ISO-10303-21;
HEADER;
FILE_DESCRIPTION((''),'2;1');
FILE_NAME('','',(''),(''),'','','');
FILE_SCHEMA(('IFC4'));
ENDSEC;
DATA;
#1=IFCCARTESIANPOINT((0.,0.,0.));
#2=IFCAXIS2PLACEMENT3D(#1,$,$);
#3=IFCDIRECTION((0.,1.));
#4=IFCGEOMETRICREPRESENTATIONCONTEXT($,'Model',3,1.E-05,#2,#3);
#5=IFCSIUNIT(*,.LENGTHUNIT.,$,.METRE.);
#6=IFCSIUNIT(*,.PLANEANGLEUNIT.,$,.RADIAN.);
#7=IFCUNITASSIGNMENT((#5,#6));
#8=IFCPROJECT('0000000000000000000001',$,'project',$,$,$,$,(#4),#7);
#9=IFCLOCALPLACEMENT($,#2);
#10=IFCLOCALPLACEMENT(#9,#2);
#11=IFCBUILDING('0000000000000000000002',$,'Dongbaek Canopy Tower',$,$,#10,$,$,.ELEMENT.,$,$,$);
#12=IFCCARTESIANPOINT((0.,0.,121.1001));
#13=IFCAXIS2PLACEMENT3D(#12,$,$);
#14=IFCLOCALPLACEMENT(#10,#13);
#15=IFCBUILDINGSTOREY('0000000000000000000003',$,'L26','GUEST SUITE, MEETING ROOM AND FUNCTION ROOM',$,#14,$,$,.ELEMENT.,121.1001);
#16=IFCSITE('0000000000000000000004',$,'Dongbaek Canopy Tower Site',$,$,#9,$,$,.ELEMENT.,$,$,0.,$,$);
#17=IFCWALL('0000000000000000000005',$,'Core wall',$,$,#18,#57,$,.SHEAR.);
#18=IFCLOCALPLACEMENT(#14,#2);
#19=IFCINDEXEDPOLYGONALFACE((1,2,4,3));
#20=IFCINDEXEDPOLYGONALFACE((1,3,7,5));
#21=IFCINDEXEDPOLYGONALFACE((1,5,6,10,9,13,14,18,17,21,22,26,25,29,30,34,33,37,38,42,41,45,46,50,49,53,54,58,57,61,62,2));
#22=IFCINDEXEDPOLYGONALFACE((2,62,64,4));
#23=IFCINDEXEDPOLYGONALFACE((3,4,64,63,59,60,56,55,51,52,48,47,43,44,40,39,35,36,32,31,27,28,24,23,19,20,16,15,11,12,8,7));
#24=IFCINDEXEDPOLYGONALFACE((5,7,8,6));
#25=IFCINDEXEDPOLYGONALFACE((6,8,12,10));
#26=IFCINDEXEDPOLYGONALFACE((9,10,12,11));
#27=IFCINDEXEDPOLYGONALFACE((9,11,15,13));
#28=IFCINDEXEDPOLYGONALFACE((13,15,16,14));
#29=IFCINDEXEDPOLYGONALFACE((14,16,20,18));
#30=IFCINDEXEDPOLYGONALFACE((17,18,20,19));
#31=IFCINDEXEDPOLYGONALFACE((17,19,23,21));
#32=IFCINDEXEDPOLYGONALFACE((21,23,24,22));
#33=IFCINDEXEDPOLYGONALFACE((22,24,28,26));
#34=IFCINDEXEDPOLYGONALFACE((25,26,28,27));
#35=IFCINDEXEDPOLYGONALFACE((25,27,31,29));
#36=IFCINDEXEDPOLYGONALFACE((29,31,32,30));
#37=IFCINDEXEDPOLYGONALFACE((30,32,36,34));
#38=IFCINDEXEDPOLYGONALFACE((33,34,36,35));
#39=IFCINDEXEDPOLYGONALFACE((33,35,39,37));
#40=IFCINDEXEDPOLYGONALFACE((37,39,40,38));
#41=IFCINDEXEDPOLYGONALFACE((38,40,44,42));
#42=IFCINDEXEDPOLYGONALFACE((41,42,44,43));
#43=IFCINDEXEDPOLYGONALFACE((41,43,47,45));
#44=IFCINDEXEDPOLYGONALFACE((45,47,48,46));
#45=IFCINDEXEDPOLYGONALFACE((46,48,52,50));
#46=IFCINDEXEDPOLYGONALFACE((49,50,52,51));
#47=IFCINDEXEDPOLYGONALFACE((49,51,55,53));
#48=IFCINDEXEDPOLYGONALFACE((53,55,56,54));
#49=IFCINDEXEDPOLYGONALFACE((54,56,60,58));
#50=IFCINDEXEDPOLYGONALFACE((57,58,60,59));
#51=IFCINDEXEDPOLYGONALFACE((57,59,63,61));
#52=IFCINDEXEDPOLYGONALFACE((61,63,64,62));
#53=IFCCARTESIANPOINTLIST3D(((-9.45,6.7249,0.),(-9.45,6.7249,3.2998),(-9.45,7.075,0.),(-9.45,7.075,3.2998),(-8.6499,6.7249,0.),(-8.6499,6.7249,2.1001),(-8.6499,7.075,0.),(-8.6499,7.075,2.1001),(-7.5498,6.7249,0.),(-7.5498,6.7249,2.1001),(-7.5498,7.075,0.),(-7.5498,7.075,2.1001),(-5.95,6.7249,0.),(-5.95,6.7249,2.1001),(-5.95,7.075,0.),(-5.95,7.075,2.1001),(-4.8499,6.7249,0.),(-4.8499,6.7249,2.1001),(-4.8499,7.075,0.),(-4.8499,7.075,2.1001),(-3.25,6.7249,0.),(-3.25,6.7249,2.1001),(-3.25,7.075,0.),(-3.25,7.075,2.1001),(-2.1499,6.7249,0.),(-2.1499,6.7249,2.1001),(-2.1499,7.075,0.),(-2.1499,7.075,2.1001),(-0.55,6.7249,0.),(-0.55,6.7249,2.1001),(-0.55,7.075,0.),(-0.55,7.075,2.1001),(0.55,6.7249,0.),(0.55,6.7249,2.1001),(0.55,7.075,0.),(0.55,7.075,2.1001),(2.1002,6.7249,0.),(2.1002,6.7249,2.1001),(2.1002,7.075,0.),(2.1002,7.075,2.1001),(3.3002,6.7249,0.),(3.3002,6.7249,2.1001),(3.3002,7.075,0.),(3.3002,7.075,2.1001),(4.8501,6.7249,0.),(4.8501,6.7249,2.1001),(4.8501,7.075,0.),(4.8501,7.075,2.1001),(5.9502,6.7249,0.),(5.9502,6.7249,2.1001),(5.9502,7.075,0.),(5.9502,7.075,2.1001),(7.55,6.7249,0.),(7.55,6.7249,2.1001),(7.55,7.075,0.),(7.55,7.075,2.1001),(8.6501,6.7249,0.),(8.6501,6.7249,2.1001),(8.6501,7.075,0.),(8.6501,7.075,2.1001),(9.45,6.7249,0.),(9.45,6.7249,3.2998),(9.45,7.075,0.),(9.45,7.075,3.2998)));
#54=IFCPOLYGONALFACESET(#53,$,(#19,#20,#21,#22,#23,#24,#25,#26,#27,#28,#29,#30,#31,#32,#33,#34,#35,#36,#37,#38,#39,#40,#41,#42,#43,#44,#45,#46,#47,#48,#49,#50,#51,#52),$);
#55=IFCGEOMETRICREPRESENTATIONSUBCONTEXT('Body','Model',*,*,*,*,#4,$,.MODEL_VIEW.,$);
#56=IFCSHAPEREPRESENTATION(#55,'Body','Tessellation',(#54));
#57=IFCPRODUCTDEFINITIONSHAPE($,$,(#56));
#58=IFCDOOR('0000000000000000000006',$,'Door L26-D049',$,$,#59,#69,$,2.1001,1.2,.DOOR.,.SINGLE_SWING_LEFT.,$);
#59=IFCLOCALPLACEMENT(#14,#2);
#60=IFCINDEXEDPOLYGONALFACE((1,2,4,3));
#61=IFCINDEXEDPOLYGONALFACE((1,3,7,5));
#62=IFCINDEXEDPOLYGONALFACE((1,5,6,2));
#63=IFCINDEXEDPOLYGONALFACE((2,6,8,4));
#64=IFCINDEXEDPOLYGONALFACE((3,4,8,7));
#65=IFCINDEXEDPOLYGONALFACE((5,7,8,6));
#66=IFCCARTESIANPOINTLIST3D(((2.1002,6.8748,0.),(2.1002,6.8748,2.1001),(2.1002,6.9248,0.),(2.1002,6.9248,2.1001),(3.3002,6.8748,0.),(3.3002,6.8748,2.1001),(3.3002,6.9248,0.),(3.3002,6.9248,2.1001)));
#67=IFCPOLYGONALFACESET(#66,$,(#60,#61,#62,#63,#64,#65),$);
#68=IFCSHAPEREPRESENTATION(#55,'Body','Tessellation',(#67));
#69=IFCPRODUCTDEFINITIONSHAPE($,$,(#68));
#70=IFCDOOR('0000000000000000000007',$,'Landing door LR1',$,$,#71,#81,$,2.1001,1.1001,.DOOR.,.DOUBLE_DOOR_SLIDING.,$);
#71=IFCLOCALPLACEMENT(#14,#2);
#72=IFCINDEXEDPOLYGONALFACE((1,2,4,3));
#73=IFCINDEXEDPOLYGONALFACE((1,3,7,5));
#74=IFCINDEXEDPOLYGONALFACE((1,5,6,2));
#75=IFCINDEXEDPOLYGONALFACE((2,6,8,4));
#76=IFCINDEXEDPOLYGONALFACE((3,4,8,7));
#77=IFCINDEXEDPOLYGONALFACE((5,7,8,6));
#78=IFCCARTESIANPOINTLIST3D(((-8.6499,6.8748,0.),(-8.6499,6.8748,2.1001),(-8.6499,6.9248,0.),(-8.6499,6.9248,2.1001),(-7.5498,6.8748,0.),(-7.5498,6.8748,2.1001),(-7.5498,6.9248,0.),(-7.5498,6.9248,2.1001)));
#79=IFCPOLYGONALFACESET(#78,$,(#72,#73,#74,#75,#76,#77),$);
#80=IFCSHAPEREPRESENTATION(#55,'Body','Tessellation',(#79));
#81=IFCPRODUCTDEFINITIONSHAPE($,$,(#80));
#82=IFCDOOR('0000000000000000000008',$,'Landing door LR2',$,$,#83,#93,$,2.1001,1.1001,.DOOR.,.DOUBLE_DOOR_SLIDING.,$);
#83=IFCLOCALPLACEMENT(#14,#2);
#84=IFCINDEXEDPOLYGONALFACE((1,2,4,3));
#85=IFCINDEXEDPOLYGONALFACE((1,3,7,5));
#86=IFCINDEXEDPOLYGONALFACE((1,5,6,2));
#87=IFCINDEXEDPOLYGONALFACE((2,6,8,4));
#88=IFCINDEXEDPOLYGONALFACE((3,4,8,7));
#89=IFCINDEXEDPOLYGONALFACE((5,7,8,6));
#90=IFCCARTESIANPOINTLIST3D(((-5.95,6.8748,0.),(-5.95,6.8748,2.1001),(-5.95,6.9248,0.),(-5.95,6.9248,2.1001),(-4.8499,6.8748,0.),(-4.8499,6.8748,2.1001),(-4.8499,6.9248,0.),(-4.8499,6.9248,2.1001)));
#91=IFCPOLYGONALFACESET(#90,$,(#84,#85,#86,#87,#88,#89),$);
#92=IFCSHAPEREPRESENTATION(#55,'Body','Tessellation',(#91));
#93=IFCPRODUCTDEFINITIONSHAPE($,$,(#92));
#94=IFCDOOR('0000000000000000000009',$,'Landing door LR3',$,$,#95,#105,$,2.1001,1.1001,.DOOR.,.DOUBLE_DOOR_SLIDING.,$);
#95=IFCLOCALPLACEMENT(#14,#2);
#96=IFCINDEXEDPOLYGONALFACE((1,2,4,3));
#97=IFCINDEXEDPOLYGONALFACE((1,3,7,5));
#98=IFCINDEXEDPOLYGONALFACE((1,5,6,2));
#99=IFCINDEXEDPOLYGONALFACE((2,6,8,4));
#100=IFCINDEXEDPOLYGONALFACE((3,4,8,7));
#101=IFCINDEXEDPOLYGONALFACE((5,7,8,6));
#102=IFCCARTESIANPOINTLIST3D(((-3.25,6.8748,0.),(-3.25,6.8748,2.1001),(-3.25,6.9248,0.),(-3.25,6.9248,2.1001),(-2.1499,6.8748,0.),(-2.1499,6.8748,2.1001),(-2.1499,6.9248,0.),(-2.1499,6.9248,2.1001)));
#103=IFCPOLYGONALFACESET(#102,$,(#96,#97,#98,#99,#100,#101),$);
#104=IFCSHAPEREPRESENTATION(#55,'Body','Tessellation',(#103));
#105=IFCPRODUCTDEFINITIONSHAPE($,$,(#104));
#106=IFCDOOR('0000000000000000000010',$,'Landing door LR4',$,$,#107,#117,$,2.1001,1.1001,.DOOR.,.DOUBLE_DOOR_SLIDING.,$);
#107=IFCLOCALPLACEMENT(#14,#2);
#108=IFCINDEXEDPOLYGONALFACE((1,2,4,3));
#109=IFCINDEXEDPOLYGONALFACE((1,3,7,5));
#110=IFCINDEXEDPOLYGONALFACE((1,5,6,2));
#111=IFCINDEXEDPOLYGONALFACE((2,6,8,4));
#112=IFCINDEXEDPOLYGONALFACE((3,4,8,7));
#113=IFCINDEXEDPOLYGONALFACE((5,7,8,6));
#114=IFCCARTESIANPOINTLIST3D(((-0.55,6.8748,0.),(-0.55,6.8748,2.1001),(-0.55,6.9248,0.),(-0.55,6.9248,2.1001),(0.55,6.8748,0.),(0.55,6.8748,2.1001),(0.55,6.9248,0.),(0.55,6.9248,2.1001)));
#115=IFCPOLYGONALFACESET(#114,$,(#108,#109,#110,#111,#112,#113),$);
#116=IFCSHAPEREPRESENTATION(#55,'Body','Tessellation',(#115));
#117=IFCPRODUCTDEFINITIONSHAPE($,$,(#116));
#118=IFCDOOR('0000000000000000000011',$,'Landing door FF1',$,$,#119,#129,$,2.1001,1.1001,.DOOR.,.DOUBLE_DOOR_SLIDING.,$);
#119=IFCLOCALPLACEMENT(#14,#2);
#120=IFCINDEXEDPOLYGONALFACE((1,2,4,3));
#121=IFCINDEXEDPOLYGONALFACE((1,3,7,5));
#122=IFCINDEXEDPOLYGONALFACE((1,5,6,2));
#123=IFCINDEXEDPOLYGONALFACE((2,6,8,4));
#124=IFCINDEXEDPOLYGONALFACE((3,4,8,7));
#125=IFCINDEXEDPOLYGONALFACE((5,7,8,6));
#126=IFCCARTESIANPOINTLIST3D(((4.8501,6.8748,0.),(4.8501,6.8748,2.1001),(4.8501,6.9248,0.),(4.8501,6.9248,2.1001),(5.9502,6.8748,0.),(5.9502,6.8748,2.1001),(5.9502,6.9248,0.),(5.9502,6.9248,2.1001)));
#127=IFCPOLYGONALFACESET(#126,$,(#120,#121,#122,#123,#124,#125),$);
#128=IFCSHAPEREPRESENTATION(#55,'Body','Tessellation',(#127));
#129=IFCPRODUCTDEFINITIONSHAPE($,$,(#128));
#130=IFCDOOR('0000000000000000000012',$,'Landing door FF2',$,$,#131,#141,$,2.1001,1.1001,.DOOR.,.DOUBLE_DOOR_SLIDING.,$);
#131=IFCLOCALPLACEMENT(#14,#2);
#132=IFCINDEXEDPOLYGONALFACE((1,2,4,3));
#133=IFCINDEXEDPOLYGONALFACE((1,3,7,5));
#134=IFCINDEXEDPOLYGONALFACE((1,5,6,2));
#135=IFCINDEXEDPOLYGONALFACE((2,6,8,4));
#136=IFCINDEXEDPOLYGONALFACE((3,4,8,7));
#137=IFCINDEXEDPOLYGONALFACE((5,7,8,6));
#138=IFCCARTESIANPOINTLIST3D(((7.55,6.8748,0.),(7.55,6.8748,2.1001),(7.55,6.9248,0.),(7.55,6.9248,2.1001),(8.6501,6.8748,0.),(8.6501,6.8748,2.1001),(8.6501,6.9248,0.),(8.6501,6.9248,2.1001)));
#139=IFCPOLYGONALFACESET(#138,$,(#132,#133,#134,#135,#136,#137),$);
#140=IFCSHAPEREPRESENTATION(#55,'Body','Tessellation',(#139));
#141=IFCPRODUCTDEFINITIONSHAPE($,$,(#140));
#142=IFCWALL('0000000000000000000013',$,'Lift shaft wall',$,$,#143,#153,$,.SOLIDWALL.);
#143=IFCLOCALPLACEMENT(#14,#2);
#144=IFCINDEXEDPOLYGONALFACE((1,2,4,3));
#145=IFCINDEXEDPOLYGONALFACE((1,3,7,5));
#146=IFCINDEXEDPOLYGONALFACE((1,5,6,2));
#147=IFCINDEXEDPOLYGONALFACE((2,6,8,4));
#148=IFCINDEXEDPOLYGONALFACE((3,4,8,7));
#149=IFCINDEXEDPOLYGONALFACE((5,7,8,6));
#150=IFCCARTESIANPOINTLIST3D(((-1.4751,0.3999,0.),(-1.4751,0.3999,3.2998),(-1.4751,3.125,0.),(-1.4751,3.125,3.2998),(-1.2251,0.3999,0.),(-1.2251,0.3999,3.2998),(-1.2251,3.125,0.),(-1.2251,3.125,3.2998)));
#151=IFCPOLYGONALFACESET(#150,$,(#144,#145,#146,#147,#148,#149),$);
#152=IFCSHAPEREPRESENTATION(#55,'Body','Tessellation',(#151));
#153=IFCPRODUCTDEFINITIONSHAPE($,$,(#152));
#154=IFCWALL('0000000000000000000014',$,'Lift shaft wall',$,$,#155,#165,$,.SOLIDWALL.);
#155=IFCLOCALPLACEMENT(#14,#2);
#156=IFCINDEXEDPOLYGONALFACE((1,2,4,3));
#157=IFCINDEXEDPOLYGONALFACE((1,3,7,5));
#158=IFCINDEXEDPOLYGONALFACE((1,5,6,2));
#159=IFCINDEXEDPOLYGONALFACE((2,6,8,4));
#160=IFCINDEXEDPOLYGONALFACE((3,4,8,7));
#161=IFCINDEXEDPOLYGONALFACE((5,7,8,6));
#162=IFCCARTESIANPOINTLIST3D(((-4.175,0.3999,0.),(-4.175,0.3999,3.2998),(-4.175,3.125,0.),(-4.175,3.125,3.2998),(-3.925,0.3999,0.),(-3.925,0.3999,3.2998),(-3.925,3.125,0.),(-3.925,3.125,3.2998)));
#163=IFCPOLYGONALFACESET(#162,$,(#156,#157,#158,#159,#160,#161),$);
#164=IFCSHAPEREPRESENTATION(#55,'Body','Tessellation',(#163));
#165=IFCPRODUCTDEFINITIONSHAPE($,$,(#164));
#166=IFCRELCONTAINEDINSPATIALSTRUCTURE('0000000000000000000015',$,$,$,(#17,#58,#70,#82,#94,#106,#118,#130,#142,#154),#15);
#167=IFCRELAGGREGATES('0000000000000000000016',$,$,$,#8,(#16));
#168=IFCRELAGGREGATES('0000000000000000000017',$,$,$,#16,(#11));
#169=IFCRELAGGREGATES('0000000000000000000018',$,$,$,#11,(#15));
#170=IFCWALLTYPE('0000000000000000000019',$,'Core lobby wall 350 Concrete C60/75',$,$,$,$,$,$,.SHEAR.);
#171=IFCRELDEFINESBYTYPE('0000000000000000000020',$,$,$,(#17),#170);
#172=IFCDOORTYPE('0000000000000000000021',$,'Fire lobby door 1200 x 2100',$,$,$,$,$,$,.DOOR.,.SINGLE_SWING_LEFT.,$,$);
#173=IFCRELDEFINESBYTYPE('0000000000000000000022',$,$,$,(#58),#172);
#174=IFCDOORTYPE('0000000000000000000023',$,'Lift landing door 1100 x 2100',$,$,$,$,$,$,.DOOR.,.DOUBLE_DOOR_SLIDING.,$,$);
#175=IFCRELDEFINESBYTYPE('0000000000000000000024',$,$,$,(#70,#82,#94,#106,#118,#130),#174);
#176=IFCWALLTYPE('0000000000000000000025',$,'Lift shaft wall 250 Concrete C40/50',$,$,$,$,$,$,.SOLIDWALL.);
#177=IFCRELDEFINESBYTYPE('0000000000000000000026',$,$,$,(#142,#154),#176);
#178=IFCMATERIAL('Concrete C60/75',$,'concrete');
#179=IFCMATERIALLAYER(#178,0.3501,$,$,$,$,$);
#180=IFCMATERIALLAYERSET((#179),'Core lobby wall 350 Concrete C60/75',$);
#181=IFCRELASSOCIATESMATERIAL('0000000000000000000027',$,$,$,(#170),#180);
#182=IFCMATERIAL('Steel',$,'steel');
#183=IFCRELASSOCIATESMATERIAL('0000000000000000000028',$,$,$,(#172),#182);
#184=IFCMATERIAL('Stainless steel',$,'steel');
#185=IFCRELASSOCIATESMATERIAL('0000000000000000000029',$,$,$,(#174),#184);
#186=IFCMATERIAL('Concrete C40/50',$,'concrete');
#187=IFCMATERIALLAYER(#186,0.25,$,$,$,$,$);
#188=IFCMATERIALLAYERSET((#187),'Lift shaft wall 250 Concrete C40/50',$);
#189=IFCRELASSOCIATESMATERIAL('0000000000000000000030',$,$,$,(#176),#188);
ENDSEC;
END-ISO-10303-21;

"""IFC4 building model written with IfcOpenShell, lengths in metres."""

from ifc_helpers import new_model, si_unit, direction, frame, frame_2d, origin, place, context, subcontext, project, spatial, rectangle, extrude, material, layer, layer_set, type_object, element, fill, save


model = new_model("IFC4")

# Units and contexts
model_context = context("Model", 3, precision=1e-05, world=origin(), true_north=direction((0.0, 1.0)))
body_context = subcontext(model_context, "Body", "Model", "MODEL_VIEW")
ifc_project = project(units=[si_unit("LENGTHUNIT", "METRE"), si_unit("PLANEANGLEUNIT", "RADIAN")], contexts=[model_context])

# Site, building, storey
site_placement = place(None, origin())
site = spatial("IfcSite", under=ifc_project, at=site_placement, Name="Dongbaek Canopy Tower Site", CompositionType="ELEMENT", RefElevation=0.0)
building_placement = place(site_placement, origin())
building = spatial("IfcBuilding", under=site, at=building_placement, Name="Dongbaek Canopy Tower", CompositionType="ELEMENT")
storey_placement = place(building_placement, frame((0.0, 0.0, 121.1001)))
storey = spatial("IfcBuildingStorey", under=building, at=storey_placement, Name="L26", Description="GUEST SUITE, MEETING ROOM AND FUNCTION ROOM", CompositionType="ELEMENT", Elevation=121.1001)

# Wall, openings, doors
ifc_material_1 = material(Name="Concrete C60/75", Category="concrete")
ifc_layer_1 = layer(ifc_material_1, 0.3501)
ifc_layer_set_1 = layer_set([ifc_layer_1], Name="Core lobby wall 350 Concrete C60/75")
wall_type_1 = type_object("IfcWallType", Name="Core lobby wall 350 Concrete C60/75", PredefinedType="SHEAR", material=ifc_layer_set_1)
wall_1_placement = place(storey_placement, frame((-9.45, 6.8999, 0.0), z_axis=(0.0, 0.0, 1.0), x_axis=(1.0, 0.0, 0.0)))
wall_1 = element("IfcWall", 1, at=wall_1_placement, inside=storey, type_object=wall_type_1, Name="Core wall", PredefinedType="SHEAR", context=body_context, shape_type="SweptSolid", body=[
    extrude(rectangle(XDim=18.8999, YDim=0.3501, at=frame_2d((9.45, 0.0))), origin(), (0.0, 0.0, 1.0), 3.2998),
])
opening_1_placement = place(wall_1_placement, frame((0.8, 0.0, 0.0)))
opening_1 = element("IfcOpeningElement", 2, at=opening_1_placement, cuts=wall_1, PredefinedType="OPENING", context=body_context, shape_type="SweptSolid", body=[
    extrude(rectangle(XDim=1.1001, YDim=2.1001, at=frame_2d((0.55, 1.05))), frame((0.0, 0.1851, 0.0), z_axis=(0.0, -1.0, 0.0), x_axis=(1.0, 0.0, 0.0)), (0.0, 0.0, 1.0), 0.3701),
])
opening_2_placement = place(wall_1_placement, frame((3.5, 0.0, 0.0)))
opening_2 = element("IfcOpeningElement", 3, at=opening_2_placement, cuts=wall_1, PredefinedType="OPENING", context=body_context, shape_type="SweptSolid", body=[
    extrude(rectangle(XDim=1.1001, YDim=2.1001, at=frame_2d((0.55, 1.05))), frame((0.0, 0.1851, 0.0), z_axis=(0.0, -1.0, 0.0), x_axis=(1.0, 0.0, 0.0)), (0.0, 0.0, 1.0), 0.3701),
])
opening_3_placement = place(wall_1_placement, frame((6.2, 0.0, 0.0)))
opening_3 = element("IfcOpeningElement", 4, at=opening_3_placement, cuts=wall_1, PredefinedType="OPENING", context=body_context, shape_type="SweptSolid", body=[
    extrude(rectangle(XDim=1.1001, YDim=2.1001, at=frame_2d((0.55, 1.05))), frame((0.0, 0.1851, 0.0), z_axis=(0.0, -1.0, 0.0), x_axis=(1.0, 0.0, 0.0)), (0.0, 0.0, 1.0), 0.3701),
])
opening_4_placement = place(wall_1_placement, frame((8.8999, 0.0, 0.0)))
opening_4 = element("IfcOpeningElement", 5, at=opening_4_placement, cuts=wall_1, PredefinedType="OPENING", context=body_context, shape_type="SweptSolid", body=[
    extrude(rectangle(XDim=1.1001, YDim=2.1001, at=frame_2d((0.55, 1.05))), frame((0.0, 0.1851, 0.0), z_axis=(0.0, -1.0, 0.0), x_axis=(1.0, 0.0, 0.0)), (0.0, 0.0, 1.0), 0.3701),
])
opening_5_placement = place(wall_1_placement, frame((11.55, 0.0, 0.0)))
opening_5 = element("IfcOpeningElement", 6, at=opening_5_placement, cuts=wall_1, PredefinedType="OPENING", context=body_context, shape_type="SweptSolid", body=[
    extrude(rectangle(XDim=1.2, YDim=2.1001, at=frame_2d((0.6001, 1.05))), frame((0.0, 0.1851, 0.0), z_axis=(0.0, -1.0, 0.0), x_axis=(1.0, 0.0, 0.0)), (0.0, 0.0, 1.0), 0.3701),
])
opening_6_placement = place(wall_1_placement, frame((14.3, 0.0, 0.0)))
opening_6 = element("IfcOpeningElement", 7, at=opening_6_placement, cuts=wall_1, PredefinedType="OPENING", context=body_context, shape_type="SweptSolid", body=[
    extrude(rectangle(XDim=1.1001, YDim=2.1001, at=frame_2d((0.55, 1.05))), frame((0.0, 0.1851, 0.0), z_axis=(0.0, -1.0, 0.0), x_axis=(1.0, 0.0, 0.0)), (0.0, 0.0, 1.0), 0.3701),
])
opening_7_placement = place(wall_1_placement, frame((17.0, 0.0, 0.0)))
opening_7 = element("IfcOpeningElement", 8, at=opening_7_placement, cuts=wall_1, PredefinedType="OPENING", context=body_context, shape_type="SweptSolid", body=[
    extrude(rectangle(XDim=1.1001, YDim=2.1001, at=frame_2d((0.55, 1.05))), frame((0.0, 0.1851, 0.0), z_axis=(0.0, -1.0, 0.0), x_axis=(1.0, 0.0, 0.0)), (0.0, 0.0, 1.0), 0.3701),
])
ifc_material_2 = material(Name="Steel", Category="steel")
door_type_1 = type_object("IfcDoorType", Name="Fire lobby door 1200 x 2100", OperationType="SINGLE_SWING_LEFT", PredefinedType="DOOR", material=ifc_material_2)
door_1_placement = place(opening_5_placement, origin())
door_1 = element("IfcDoor", 9, at=door_1_placement, inside=storey, type_object=door_type_1, Name="Door L26-D049", OperationType="SINGLE_SWING_LEFT", OverallHeight=2.1001, OverallWidth=1.2, PredefinedType="DOOR", context=body_context, shape_type="SweptSolid", body=[
    extrude(rectangle(XDim=1.2, YDim=2.1001, at=frame_2d((0.6001, 1.05))), frame((0.0, 0.0249, 0.0), z_axis=(0.0, -1.0, 0.0), x_axis=(1.0, 0.0, 0.0)), (0.0, 0.0, 1.0), 0.05),
])
fill(opening_5, door_1)
ifc_material_3 = material(Name="Stainless steel", Category="steel")
door_type_2 = type_object("IfcDoorType", Name="Lift landing door 1100 x 2100", OperationType="DOUBLE_DOOR_SLIDING", PredefinedType="DOOR", material=ifc_material_3)
door_2_placement = place(opening_1_placement, origin())
door_2 = element("IfcDoor", 10, at=door_2_placement, inside=storey, type_object=door_type_2, Name="Landing door LR1", OperationType="DOUBLE_DOOR_SLIDING", OverallHeight=2.1001, OverallWidth=1.1001, PredefinedType="DOOR", context=body_context, shape_type="SweptSolid", body=[
    extrude(rectangle(XDim=1.1001, YDim=2.1001, at=frame_2d((0.55, 1.05))), frame((0.0, 0.0249, 0.0), z_axis=(0.0, -1.0, 0.0), x_axis=(1.0, 0.0, 0.0)), (0.0, 0.0, 1.0), 0.05),
])
fill(opening_1, door_2)
door_3_placement = place(opening_2_placement, origin())
door_3 = element("IfcDoor", 11, at=door_3_placement, inside=storey, type_object=door_type_2, Name="Landing door LR2", OperationType="DOUBLE_DOOR_SLIDING", OverallHeight=2.1001, OverallWidth=1.1001, PredefinedType="DOOR", context=body_context, shape_type="SweptSolid", body=[
    extrude(rectangle(XDim=1.1001, YDim=2.1001, at=frame_2d((0.55, 1.05))), frame((0.0, 0.0249, 0.0), z_axis=(0.0, -1.0, 0.0), x_axis=(1.0, 0.0, 0.0)), (0.0, 0.0, 1.0), 0.05),
])
fill(opening_2, door_3)
door_4_placement = place(opening_3_placement, origin())
door_4 = element("IfcDoor", 12, at=door_4_placement, inside=storey, type_object=door_type_2, Name="Landing door LR3", OperationType="DOUBLE_DOOR_SLIDING", OverallHeight=2.1001, OverallWidth=1.1001, PredefinedType="DOOR", context=body_context, shape_type="SweptSolid", body=[
    extrude(rectangle(XDim=1.1001, YDim=2.1001, at=frame_2d((0.55, 1.05))), frame((0.0, 0.0249, 0.0), z_axis=(0.0, -1.0, 0.0), x_axis=(1.0, 0.0, 0.0)), (0.0, 0.0, 1.0), 0.05),
])
fill(opening_3, door_4)
door_5_placement = place(opening_4_placement, origin())
door_5 = element("IfcDoor", 13, at=door_5_placement, inside=storey, type_object=door_type_2, Name="Landing door LR4", OperationType="DOUBLE_DOOR_SLIDING", OverallHeight=2.1001, OverallWidth=1.1001, PredefinedType="DOOR", context=body_context, shape_type="SweptSolid", body=[
    extrude(rectangle(XDim=1.1001, YDim=2.1001, at=frame_2d((0.55, 1.05))), frame((0.0, 0.0249, 0.0), z_axis=(0.0, -1.0, 0.0), x_axis=(1.0, 0.0, 0.0)), (0.0, 0.0, 1.0), 0.05),
])
fill(opening_4, door_5)
door_6_placement = place(opening_6_placement, origin())
door_6 = element("IfcDoor", 14, at=door_6_placement, inside=storey, type_object=door_type_2, Name="Landing door FF1", OperationType="DOUBLE_DOOR_SLIDING", OverallHeight=2.1001, OverallWidth=1.1001, PredefinedType="DOOR", context=body_context, shape_type="SweptSolid", body=[
    extrude(rectangle(XDim=1.1001, YDim=2.1001, at=frame_2d((0.55, 1.05))), frame((0.0, 0.0249, 0.0), z_axis=(0.0, -1.0, 0.0), x_axis=(1.0, 0.0, 0.0)), (0.0, 0.0, 1.0), 0.05),
])
fill(opening_6, door_6)
door_7_placement = place(opening_7_placement, origin())
door_7 = element("IfcDoor", 15, at=door_7_placement, inside=storey, type_object=door_type_2, Name="Landing door FF2", OperationType="DOUBLE_DOOR_SLIDING", OverallHeight=2.1001, OverallWidth=1.1001, PredefinedType="DOOR", context=body_context, shape_type="SweptSolid", body=[
    extrude(rectangle(XDim=1.1001, YDim=2.1001, at=frame_2d((0.55, 1.05))), frame((0.0, 0.0249, 0.0), z_axis=(0.0, -1.0, 0.0), x_axis=(1.0, 0.0, 0.0)), (0.0, 0.0, 1.0), 0.05),
])
fill(opening_7, door_7)

# Walls
ifc_material_4 = material(Name="Concrete C40/50", Category="concrete")
ifc_layer_2 = layer(ifc_material_4, 0.25)
ifc_layer_set_2 = layer_set([ifc_layer_2], Name="Lift shaft wall 250 Concrete C40/50")
wall_type_2 = type_object("IfcWallType", Name="Lift shaft wall 250 Concrete C40/50", PredefinedType="SOLIDWALL", material=ifc_layer_set_2)
for number, where, z_axis, x_axis, name in (
    (16, (-1.3501, 0.3999, 0.0), (0.0, 0.0, 1.0), (0.0, 1.0, 0.0), "Lift shaft wall"),
    (17, (-4.05, 0.3999, 0.0), (0.0, 0.0, 1.0), (0.0, 1.0, 0.0), "Lift shaft wall"),
):
    element("IfcWall", number, at=place(storey_placement, frame(where, z_axis=z_axis, x_axis=x_axis)), inside=storey, type_object=wall_type_2, Name=name, PredefinedType="SOLIDWALL", context=body_context, shape_type="SweptSolid", body=[
        extrude(rectangle(XDim=2.7251, YDim=0.25, at=frame_2d((1.3625, 0.0))), origin(), (0.0, 0.0, 1.0), 3.2998),
    ])

save(model, "model.ifc")
